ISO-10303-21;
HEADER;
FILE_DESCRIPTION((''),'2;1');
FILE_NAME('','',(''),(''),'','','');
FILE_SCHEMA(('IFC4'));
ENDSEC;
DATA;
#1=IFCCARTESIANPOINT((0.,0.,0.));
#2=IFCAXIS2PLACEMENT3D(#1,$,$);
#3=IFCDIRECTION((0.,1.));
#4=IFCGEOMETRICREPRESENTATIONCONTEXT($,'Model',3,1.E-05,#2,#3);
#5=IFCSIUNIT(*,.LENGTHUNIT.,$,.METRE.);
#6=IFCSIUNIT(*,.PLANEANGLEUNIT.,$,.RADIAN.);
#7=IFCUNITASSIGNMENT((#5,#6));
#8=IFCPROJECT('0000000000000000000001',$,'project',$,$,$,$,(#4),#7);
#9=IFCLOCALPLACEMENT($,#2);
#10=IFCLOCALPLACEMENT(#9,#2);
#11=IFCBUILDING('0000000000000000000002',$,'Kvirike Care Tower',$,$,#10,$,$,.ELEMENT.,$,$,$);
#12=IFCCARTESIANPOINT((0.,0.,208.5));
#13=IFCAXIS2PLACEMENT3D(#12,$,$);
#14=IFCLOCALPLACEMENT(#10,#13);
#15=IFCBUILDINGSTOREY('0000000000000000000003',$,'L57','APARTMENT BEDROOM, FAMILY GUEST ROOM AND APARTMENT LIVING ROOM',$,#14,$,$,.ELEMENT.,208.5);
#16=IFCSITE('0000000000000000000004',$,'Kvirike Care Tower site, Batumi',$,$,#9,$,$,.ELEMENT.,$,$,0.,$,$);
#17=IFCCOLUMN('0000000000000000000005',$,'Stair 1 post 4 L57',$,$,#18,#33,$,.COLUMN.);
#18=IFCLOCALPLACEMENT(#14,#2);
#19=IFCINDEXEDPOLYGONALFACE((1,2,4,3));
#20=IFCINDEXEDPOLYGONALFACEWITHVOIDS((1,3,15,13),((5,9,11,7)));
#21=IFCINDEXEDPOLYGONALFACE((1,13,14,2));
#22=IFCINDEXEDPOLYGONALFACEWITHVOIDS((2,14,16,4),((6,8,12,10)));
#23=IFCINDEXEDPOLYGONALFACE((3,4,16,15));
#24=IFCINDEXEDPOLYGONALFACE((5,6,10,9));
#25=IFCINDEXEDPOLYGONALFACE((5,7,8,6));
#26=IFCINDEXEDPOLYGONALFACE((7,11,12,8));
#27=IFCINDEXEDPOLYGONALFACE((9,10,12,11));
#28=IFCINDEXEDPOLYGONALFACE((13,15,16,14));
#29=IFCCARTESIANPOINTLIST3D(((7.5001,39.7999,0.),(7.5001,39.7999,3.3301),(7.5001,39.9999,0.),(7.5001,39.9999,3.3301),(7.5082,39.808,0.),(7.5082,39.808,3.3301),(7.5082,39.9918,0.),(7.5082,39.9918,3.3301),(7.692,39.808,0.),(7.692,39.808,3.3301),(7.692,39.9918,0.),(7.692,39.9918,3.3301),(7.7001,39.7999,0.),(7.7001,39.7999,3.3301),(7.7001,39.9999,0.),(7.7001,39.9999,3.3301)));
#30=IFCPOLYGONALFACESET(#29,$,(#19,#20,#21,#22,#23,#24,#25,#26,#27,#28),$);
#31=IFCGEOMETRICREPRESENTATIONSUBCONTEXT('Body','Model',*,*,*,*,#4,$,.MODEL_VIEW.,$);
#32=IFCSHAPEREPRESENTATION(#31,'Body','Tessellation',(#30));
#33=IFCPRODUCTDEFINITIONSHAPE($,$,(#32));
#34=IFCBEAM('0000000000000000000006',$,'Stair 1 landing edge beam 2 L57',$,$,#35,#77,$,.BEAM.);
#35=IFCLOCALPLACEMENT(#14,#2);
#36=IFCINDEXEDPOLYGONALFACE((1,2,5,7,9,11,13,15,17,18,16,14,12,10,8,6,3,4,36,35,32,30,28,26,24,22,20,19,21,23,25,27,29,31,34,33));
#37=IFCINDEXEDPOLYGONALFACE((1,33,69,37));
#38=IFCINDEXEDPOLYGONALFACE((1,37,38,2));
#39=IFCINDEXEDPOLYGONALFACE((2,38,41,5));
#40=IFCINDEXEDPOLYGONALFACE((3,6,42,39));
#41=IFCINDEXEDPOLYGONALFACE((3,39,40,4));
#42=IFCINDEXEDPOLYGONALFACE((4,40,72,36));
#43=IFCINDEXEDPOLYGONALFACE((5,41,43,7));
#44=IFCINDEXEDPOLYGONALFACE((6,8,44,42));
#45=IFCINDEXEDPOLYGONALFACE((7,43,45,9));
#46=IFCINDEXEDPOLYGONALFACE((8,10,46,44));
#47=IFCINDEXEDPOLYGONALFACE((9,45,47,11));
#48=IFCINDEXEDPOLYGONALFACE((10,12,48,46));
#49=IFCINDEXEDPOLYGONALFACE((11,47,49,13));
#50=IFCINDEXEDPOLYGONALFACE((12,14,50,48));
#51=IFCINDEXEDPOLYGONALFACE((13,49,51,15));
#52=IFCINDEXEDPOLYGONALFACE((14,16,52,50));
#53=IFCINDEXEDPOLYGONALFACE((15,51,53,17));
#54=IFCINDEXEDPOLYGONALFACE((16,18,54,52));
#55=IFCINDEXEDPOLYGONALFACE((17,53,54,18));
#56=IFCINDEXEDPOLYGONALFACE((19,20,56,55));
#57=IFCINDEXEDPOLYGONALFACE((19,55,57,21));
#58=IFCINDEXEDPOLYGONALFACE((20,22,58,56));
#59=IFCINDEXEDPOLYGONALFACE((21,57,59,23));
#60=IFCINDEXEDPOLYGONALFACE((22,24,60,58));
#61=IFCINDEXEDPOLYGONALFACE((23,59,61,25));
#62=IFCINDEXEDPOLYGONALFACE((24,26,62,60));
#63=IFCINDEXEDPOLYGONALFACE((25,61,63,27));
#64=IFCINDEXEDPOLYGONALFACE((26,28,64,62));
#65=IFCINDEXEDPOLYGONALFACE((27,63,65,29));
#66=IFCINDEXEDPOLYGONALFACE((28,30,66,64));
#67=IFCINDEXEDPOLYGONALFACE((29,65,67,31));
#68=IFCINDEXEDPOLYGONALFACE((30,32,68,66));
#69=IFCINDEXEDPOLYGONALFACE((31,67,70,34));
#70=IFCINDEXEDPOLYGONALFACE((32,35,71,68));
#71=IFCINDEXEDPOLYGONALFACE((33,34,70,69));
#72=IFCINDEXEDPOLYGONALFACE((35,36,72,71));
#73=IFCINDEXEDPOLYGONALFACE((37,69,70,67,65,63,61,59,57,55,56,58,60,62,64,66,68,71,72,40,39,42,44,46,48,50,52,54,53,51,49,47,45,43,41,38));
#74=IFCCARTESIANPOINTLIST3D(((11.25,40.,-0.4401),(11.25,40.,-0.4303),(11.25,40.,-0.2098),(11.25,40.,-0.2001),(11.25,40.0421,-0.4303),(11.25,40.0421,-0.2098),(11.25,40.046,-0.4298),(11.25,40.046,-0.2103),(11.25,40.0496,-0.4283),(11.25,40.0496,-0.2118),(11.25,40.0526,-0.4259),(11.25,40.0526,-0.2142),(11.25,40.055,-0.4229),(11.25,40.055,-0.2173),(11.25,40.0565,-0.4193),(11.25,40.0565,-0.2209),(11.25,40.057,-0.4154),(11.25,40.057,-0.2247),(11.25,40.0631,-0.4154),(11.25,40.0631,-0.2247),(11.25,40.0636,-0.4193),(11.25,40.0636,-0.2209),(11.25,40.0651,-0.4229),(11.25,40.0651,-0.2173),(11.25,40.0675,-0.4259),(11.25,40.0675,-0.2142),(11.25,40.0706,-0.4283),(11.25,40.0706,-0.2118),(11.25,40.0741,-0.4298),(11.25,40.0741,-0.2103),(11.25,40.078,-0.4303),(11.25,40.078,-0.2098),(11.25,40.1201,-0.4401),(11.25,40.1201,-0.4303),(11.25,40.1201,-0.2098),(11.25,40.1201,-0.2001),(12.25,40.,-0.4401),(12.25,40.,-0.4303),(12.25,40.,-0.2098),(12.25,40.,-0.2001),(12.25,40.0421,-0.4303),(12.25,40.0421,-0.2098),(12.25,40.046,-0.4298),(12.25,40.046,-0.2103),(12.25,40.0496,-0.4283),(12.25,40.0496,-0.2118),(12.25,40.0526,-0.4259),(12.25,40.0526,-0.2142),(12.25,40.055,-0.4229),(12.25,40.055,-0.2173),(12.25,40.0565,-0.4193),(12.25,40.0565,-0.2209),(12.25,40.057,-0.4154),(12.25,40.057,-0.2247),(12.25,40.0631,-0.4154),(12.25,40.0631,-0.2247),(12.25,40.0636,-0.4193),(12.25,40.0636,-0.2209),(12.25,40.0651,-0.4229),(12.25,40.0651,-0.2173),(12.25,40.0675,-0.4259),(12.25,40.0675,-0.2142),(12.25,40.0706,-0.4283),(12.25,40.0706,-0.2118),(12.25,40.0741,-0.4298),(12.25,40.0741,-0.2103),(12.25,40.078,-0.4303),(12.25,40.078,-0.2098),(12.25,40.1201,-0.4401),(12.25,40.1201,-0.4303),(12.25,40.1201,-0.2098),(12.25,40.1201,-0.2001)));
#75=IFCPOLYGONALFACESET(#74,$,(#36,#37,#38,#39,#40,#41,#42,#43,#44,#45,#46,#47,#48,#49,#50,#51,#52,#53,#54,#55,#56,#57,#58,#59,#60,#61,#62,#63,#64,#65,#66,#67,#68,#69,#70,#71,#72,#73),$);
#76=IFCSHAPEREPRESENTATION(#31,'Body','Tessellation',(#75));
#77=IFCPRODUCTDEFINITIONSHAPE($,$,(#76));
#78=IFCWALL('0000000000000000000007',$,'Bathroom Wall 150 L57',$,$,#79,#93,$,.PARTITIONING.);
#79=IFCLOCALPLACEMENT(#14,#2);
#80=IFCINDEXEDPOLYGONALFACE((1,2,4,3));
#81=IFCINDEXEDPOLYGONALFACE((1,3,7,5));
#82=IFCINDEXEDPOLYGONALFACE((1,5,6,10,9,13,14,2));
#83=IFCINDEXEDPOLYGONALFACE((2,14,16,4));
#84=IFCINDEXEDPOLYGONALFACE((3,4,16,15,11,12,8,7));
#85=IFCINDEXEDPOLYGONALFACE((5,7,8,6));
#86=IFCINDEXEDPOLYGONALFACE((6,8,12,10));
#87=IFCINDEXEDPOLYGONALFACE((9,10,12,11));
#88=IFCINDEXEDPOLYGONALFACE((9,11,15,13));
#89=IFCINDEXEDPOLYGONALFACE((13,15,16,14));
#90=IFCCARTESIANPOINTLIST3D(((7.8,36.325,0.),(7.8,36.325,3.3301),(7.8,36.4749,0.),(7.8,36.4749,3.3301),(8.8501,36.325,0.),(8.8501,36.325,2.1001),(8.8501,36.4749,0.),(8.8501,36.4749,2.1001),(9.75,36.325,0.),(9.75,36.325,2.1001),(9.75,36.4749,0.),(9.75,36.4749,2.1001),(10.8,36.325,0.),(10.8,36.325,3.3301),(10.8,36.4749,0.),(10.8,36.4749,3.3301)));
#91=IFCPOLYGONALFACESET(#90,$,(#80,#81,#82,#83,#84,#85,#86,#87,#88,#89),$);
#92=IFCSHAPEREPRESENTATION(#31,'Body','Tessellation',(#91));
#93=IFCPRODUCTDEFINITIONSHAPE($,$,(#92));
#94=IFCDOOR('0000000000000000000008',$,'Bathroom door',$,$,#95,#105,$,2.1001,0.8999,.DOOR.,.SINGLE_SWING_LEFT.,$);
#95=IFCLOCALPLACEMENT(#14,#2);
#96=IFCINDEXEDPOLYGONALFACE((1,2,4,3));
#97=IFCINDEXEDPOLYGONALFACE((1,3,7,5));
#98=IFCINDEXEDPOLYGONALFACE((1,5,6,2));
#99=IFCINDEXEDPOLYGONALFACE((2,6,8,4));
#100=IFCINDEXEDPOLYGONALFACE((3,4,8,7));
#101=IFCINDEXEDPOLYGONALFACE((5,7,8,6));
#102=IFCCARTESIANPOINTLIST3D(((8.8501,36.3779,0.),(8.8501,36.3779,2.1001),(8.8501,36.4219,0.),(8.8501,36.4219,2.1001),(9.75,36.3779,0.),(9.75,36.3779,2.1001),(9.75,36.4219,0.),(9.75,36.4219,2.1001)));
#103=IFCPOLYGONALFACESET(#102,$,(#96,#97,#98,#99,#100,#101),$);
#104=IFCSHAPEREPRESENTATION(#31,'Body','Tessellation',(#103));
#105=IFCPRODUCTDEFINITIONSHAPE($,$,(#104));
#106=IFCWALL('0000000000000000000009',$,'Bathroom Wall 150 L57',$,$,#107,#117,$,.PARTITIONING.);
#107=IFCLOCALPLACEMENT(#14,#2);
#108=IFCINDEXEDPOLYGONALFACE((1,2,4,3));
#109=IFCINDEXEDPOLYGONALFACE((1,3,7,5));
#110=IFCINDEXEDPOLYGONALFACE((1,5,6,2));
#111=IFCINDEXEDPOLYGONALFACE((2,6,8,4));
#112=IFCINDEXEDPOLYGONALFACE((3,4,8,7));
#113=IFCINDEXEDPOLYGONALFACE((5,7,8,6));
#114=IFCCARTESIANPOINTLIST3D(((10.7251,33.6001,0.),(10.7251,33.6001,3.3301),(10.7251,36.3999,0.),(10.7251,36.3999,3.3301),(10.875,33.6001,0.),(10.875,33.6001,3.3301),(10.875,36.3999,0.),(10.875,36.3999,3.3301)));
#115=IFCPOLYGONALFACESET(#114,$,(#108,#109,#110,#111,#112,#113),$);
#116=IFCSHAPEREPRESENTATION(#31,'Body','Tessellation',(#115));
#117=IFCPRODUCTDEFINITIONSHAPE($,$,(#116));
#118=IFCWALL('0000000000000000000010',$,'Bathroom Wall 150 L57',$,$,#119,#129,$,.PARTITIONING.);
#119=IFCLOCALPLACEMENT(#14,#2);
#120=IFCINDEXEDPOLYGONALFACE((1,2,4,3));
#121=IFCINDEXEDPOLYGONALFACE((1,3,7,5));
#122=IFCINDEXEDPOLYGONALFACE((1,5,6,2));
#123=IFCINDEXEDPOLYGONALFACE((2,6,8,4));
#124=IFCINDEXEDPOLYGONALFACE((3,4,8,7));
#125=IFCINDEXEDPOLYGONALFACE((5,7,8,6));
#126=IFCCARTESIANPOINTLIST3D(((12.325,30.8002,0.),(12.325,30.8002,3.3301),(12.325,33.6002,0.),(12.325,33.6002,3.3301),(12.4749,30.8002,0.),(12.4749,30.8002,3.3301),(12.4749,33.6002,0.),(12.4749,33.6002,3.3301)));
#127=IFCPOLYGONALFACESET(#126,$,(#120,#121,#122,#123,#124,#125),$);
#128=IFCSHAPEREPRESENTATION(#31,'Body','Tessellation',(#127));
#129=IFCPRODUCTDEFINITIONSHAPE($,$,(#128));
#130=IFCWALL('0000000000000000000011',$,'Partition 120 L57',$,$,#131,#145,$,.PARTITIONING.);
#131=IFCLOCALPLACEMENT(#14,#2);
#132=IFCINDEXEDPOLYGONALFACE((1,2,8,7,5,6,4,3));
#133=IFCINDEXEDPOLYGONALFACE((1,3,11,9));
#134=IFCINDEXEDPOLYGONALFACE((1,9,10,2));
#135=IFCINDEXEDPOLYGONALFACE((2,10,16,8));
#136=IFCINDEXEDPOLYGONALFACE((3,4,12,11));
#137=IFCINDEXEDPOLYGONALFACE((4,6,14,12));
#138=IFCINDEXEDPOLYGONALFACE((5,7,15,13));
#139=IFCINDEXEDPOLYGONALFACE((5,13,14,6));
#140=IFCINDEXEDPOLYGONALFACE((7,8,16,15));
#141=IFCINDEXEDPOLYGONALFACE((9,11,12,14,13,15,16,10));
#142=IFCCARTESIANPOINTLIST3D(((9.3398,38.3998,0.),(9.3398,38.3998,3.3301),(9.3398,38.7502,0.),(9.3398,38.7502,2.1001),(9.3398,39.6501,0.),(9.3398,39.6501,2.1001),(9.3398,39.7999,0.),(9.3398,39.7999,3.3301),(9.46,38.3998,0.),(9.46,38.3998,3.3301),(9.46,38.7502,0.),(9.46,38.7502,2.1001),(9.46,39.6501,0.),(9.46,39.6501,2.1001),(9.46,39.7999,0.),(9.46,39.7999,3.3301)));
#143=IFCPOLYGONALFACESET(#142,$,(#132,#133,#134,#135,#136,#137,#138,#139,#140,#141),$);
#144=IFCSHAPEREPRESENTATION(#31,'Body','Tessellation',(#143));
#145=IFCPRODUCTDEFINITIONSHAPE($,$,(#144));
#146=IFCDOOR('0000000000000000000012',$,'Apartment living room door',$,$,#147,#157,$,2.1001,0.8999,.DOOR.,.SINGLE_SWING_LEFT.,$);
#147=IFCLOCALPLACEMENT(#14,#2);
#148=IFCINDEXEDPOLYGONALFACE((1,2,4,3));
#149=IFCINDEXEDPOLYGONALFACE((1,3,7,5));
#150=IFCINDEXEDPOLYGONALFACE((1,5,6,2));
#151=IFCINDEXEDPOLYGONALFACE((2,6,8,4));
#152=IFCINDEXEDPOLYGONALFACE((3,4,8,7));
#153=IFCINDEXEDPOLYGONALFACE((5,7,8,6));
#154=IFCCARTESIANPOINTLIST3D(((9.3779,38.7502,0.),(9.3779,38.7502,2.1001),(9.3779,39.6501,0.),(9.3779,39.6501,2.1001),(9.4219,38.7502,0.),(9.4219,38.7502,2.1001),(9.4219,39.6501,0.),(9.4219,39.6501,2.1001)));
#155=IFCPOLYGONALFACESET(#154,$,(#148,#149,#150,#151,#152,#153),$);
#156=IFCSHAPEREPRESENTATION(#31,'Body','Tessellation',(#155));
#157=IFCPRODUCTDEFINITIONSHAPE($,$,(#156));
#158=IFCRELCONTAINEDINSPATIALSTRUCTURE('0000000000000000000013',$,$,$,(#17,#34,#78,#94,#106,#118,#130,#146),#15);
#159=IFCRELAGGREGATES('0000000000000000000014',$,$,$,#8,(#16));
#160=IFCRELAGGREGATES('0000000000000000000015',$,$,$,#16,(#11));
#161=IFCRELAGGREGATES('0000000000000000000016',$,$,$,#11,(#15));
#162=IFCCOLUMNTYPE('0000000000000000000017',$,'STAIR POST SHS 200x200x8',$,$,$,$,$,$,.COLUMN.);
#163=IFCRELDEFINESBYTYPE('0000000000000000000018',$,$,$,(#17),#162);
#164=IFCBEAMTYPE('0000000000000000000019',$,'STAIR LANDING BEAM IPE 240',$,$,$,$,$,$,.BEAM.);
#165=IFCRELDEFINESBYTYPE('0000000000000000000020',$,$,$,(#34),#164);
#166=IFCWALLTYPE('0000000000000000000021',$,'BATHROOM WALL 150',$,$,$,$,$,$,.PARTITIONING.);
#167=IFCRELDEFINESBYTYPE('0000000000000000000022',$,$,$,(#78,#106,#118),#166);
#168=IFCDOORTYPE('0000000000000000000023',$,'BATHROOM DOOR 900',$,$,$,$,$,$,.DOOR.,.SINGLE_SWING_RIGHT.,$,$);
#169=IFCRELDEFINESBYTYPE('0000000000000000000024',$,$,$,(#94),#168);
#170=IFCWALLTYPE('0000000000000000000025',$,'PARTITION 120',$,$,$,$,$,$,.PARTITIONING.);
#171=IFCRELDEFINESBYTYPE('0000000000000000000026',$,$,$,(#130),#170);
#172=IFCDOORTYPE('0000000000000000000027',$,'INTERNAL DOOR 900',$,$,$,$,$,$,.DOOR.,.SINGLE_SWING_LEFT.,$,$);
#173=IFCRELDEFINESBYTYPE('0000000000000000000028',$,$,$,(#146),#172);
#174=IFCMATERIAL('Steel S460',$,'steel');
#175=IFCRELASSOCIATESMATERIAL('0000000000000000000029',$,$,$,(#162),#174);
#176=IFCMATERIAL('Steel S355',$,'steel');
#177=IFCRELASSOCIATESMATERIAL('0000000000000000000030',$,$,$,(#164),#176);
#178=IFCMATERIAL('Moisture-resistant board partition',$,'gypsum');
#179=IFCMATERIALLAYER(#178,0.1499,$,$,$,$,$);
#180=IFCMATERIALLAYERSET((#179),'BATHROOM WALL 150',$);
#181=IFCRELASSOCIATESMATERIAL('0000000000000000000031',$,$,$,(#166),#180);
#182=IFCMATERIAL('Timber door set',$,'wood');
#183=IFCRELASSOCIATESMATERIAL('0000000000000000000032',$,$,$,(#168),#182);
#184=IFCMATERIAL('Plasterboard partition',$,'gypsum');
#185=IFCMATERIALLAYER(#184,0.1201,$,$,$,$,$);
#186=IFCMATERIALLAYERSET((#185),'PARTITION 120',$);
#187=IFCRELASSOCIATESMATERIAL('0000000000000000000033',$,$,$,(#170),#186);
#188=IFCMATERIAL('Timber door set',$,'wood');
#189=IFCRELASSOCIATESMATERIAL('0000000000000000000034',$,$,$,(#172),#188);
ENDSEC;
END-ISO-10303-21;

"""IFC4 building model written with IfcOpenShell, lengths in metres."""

from ifc_helpers import new_model, si_unit, direction, frame, frame_2d, origin, origin_2d, place, context, subcontext, project, spatial, rectangle, hollow_rectangle, i_section, extrude, material, layer, layer_set, material_profile, profile_set, type_object, element, fill, save


model = new_model("IFC4")

# Units and contexts
model_context = context("Model", 3, precision=1e-05, world=origin(), true_north=direction((0.0, 1.0)))
body_context = subcontext(model_context, "Body", "Model", "MODEL_VIEW")
ifc_project = project(units=[si_unit("LENGTHUNIT", "METRE"), si_unit("PLANEANGLEUNIT", "RADIAN")], contexts=[model_context])

# Site, building, storey
site_placement = place(None, origin())
site = spatial("IfcSite", under=ifc_project, at=site_placement, Name="Kvirike Care Tower site, Batumi", CompositionType="ELEMENT", RefElevation=0.0)
building_placement = place(site_placement, origin())
building = spatial("IfcBuilding", under=site, at=building_placement, Name="Kvirike Care Tower", CompositionType="ELEMENT")
storey_placement = place(building_placement, frame((0.0, 0.0, 208.5)))
storey = spatial("IfcBuildingStorey", under=building, at=storey_placement, Name="L57", Description="APARTMENT BEDROOM, FAMILY GUEST ROOM AND APARTMENT LIVING ROOM", CompositionType="ELEMENT", Elevation=208.5)

# Column
ifc_material_1 = material(Name="Steel S460", Category="steel")
ifc_material_profile_1 = material_profile(ifc_material_1, hollow_rectangle(XDim=0.2, YDim=0.2, WallThickness=0.0081, at=origin_2d()), Name="SHS 200x200x8")
ifc_profile_set_1 = profile_set([ifc_material_profile_1], Name="Steel S460")
column_type = type_object("IfcColumnType", Name="STAIR POST SHS 200x200x8", PredefinedType="COLUMN", material=ifc_profile_set_1)
column_placement = place(storey_placement, frame((7.6001, 39.8999, 0.0), z_axis=(0.0, 0.0, 1.0), x_axis=(1.0, 0.0, 0.0)))
element("IfcColumn", 1, at=column_placement, inside=storey, type_object=column_type, Name="Stair 1 post 4 L57", PredefinedType="COLUMN", context=body_context, shape_type="SweptSolid", body=[
    extrude(hollow_rectangle(XDim=0.2, YDim=0.2, WallThickness=0.0081, at=origin_2d()), origin(), (0.0, 0.0, 1.0), 3.3301),
])

# Beam
ifc_material_2 = material(Name="Steel S355", Category="steel")
ifc_material_profile_2 = material_profile(ifc_material_2, i_section(OverallWidth=0.1201, OverallDepth=0.24, WebThickness=0.0061, FlangeThickness=0.0098, FilletRadius=0.0149, at=origin_2d()), Name="IPE 240")
ifc_profile_set_2 = profile_set([ifc_material_profile_2], Name="Steel S355")
beam_type = type_object("IfcBeamType", Name="STAIR LANDING BEAM IPE 240", PredefinedType="BEAM", material=ifc_profile_set_2)
beam_placement = place(storey_placement, frame((11.25, 40.0601, -0.3201), z_axis=(1.0, 0.0, 0.0), x_axis=(0.0, 1.0, 0.0)))
element("IfcBeam", 2, at=beam_placement, inside=storey, type_object=beam_type, Name="Stair 1 landing edge beam 2 L57", PredefinedType="BEAM", context=body_context, shape_type="SweptSolid", body=[
    extrude(i_section(OverallWidth=0.1201, OverallDepth=0.24, WebThickness=0.0061, FlangeThickness=0.0098, FilletRadius=0.0149, at=origin_2d()), origin(), (0.0, 0.0, 1.0), 1.0),
])

# Wall, opening, door
ifc_material_3 = material(Name="Moisture-resistant board partition", Category="gypsum")
ifc_layer_1 = layer(ifc_material_3, 0.1499)
ifc_layer_set_1 = layer_set([ifc_layer_1], Name="BATHROOM WALL 150")
wall_type_1 = type_object("IfcWallType", Name="BATHROOM WALL 150", PredefinedType="PARTITIONING", material=ifc_layer_set_1)
wall_1_placement = place(storey_placement, frame((7.8, 36.3999, 0.0), z_axis=(0.0, 0.0, 1.0), x_axis=(1.0, 0.0, 0.0)))
wall_1 = element("IfcWall", 3, at=wall_1_placement, inside=storey, type_object=wall_type_1, Name="Bathroom Wall 150 L57", PredefinedType="PARTITIONING", context=body_context, shape_type="SweptSolid", body=[
    extrude(rectangle(XDim=3.0, YDim=0.1499, at=frame_2d((1.5, 0.0))), origin(), (0.0, 0.0, 1.0), 3.3301),
])
opening_1_placement = place(wall_1_placement, frame((1.05, 0.0, 0.0)))
opening_1 = element("IfcOpeningElement", 4, at=opening_1_placement, cuts=wall_1, PredefinedType="OPENING", context=body_context, shape_type="SweptSolid", body=[
    extrude(rectangle(XDim=0.8999, YDim=2.1001, at=frame_2d((0.45, 1.05))), frame((0.0, 0.0854, 0.0), z_axis=(0.0, -1.0, 0.0), x_axis=(1.0, 0.0, 0.0)), (0.0, 0.0, 1.0), 0.1709),
])
ifc_material_4 = material(Name="Timber door set", Category="wood")
door_type_1 = type_object("IfcDoorType", Name="BATHROOM DOOR 900", OperationType="SINGLE_SWING_RIGHT", PredefinedType="DOOR", material=ifc_material_4)
door_1_placement = place(opening_1_placement, frame((0.8999, 0.0, 0.0), z_axis=(0.0, 0.0, 1.0), x_axis=(-1.0, 0.0, 0.0)))
door_1 = element("IfcDoor", 5, at=door_1_placement, inside=storey, type_object=door_type_1, Name="Bathroom door", OperationType="SINGLE_SWING_LEFT", OverallHeight=2.1001, OverallWidth=0.8999, PredefinedType="DOOR", context=body_context, shape_type="SweptSolid", body=[
    extrude(rectangle(XDim=0.8999, YDim=2.1001, at=frame_2d((0.45, 1.05))), frame((0.0, 0.022, 0.0), z_axis=(0.0, -1.0, 0.0), x_axis=(1.0, 0.0, 0.0)), (0.0, 0.0, 1.0), 0.0439),
])
fill(opening_1, door_1)

# Walls
wall_2_placement = place(storey_placement, frame((10.8, 36.3999, 0.0), z_axis=(0.0, 0.0, 1.0), x_axis=(0.0, -1.0, 0.0)))
element("IfcWall", 6, at=wall_2_placement, inside=storey, type_object=wall_type_1, Name="Bathroom Wall 150 L57", PredefinedType="PARTITIONING", context=body_context, shape_type="SweptSolid", body=[
    extrude(rectangle(XDim=2.7998, YDim=0.1499, at=frame_2d((1.3999, 0.0))), origin(), (0.0, 0.0, 1.0), 3.3301),
])
wall_3_placement = place(storey_placement, frame((12.3999, 33.6001, 0.0), z_axis=(0.0, 0.0, 1.0), x_axis=(0.0, -1.0, 0.0)))
element("IfcWall", 7, at=wall_3_placement, inside=storey, type_object=wall_type_1, Name="Bathroom Wall 150 L57", PredefinedType="PARTITIONING", context=body_context, shape_type="SweptSolid", body=[
    extrude(rectangle(XDim=2.8, YDim=0.1499, at=frame_2d((1.3999, 0.0))), origin(), (0.0, 0.0, 1.0), 3.3301),
])

# Wall, opening, door
ifc_material_5 = material(Name="Plasterboard partition", Category="gypsum")
ifc_layer_2 = layer(ifc_material_5, 0.1201)
ifc_layer_set_2 = layer_set([ifc_layer_2], Name="PARTITION 120")
wall_type_2 = type_object("IfcWallType", Name="PARTITION 120", PredefinedType="PARTITIONING", material=ifc_layer_set_2)
wall_4_placement = place(storey_placement, frame((9.3999, 39.8, 0.0), z_axis=(0.0, 0.0, 1.0), x_axis=(0.0, -1.0, 0.0)))
wall_4 = element("IfcWall", 8, at=wall_4_placement, inside=storey, type_object=wall_type_2, Name="Partition 120 L57", PredefinedType="PARTITIONING", context=body_context, shape_type="SweptSolid", body=[
    extrude(rectangle(XDim=1.4001, YDim=0.1201, at=frame_2d((0.7002, 0.0))), origin(), (0.0, 0.0, 1.0), 3.3301),
])
opening_2_placement = place(wall_4_placement, frame((0.1499, 0.0, 0.0)))
opening_2 = element("IfcOpeningElement", 9, at=opening_2_placement, cuts=wall_4, PredefinedType="OPENING", context=body_context, shape_type="SweptSolid", body=[
    extrude(rectangle(XDim=0.8999, YDim=2.1001, at=frame_2d((0.45, 1.05))), frame((0.0, 0.0706, 0.0), z_axis=(0.0, -1.0, 0.0), x_axis=(1.0, 0.0, 0.0)), (0.0, 0.0, 1.0), 0.1411),
])
ifc_material_6 = material(Name="Timber door set", Category="wood")
door_type_2 = type_object("IfcDoorType", Name="INTERNAL DOOR 900", OperationType="SINGLE_SWING_LEFT", PredefinedType="DOOR", material=ifc_material_6)
door_2_placement = place(opening_2_placement, frame((0.8999, 0.0, 0.0), z_axis=(0.0, 0.0, 1.0), x_axis=(-1.0, 0.0, 0.0)))
door_2 = element("IfcDoor", 10, at=door_2_placement, inside=storey, type_object=door_type_2, Name="Apartment living room door", OperationType="SINGLE_SWING_LEFT", OverallHeight=2.1001, OverallWidth=0.8999, PredefinedType="DOOR", context=body_context, shape_type="SweptSolid", body=[
    extrude(rectangle(XDim=0.8999, YDim=2.1001, at=frame_2d((0.45, 1.05))), frame((0.0, 0.022, 0.0), z_axis=(0.0, -1.0, 0.0), x_axis=(1.0, 0.0, 0.0)), (0.0, 0.0, 1.0), 0.0439),
])
fill(opening_2, door_2)

save(model, "model.ifc")
